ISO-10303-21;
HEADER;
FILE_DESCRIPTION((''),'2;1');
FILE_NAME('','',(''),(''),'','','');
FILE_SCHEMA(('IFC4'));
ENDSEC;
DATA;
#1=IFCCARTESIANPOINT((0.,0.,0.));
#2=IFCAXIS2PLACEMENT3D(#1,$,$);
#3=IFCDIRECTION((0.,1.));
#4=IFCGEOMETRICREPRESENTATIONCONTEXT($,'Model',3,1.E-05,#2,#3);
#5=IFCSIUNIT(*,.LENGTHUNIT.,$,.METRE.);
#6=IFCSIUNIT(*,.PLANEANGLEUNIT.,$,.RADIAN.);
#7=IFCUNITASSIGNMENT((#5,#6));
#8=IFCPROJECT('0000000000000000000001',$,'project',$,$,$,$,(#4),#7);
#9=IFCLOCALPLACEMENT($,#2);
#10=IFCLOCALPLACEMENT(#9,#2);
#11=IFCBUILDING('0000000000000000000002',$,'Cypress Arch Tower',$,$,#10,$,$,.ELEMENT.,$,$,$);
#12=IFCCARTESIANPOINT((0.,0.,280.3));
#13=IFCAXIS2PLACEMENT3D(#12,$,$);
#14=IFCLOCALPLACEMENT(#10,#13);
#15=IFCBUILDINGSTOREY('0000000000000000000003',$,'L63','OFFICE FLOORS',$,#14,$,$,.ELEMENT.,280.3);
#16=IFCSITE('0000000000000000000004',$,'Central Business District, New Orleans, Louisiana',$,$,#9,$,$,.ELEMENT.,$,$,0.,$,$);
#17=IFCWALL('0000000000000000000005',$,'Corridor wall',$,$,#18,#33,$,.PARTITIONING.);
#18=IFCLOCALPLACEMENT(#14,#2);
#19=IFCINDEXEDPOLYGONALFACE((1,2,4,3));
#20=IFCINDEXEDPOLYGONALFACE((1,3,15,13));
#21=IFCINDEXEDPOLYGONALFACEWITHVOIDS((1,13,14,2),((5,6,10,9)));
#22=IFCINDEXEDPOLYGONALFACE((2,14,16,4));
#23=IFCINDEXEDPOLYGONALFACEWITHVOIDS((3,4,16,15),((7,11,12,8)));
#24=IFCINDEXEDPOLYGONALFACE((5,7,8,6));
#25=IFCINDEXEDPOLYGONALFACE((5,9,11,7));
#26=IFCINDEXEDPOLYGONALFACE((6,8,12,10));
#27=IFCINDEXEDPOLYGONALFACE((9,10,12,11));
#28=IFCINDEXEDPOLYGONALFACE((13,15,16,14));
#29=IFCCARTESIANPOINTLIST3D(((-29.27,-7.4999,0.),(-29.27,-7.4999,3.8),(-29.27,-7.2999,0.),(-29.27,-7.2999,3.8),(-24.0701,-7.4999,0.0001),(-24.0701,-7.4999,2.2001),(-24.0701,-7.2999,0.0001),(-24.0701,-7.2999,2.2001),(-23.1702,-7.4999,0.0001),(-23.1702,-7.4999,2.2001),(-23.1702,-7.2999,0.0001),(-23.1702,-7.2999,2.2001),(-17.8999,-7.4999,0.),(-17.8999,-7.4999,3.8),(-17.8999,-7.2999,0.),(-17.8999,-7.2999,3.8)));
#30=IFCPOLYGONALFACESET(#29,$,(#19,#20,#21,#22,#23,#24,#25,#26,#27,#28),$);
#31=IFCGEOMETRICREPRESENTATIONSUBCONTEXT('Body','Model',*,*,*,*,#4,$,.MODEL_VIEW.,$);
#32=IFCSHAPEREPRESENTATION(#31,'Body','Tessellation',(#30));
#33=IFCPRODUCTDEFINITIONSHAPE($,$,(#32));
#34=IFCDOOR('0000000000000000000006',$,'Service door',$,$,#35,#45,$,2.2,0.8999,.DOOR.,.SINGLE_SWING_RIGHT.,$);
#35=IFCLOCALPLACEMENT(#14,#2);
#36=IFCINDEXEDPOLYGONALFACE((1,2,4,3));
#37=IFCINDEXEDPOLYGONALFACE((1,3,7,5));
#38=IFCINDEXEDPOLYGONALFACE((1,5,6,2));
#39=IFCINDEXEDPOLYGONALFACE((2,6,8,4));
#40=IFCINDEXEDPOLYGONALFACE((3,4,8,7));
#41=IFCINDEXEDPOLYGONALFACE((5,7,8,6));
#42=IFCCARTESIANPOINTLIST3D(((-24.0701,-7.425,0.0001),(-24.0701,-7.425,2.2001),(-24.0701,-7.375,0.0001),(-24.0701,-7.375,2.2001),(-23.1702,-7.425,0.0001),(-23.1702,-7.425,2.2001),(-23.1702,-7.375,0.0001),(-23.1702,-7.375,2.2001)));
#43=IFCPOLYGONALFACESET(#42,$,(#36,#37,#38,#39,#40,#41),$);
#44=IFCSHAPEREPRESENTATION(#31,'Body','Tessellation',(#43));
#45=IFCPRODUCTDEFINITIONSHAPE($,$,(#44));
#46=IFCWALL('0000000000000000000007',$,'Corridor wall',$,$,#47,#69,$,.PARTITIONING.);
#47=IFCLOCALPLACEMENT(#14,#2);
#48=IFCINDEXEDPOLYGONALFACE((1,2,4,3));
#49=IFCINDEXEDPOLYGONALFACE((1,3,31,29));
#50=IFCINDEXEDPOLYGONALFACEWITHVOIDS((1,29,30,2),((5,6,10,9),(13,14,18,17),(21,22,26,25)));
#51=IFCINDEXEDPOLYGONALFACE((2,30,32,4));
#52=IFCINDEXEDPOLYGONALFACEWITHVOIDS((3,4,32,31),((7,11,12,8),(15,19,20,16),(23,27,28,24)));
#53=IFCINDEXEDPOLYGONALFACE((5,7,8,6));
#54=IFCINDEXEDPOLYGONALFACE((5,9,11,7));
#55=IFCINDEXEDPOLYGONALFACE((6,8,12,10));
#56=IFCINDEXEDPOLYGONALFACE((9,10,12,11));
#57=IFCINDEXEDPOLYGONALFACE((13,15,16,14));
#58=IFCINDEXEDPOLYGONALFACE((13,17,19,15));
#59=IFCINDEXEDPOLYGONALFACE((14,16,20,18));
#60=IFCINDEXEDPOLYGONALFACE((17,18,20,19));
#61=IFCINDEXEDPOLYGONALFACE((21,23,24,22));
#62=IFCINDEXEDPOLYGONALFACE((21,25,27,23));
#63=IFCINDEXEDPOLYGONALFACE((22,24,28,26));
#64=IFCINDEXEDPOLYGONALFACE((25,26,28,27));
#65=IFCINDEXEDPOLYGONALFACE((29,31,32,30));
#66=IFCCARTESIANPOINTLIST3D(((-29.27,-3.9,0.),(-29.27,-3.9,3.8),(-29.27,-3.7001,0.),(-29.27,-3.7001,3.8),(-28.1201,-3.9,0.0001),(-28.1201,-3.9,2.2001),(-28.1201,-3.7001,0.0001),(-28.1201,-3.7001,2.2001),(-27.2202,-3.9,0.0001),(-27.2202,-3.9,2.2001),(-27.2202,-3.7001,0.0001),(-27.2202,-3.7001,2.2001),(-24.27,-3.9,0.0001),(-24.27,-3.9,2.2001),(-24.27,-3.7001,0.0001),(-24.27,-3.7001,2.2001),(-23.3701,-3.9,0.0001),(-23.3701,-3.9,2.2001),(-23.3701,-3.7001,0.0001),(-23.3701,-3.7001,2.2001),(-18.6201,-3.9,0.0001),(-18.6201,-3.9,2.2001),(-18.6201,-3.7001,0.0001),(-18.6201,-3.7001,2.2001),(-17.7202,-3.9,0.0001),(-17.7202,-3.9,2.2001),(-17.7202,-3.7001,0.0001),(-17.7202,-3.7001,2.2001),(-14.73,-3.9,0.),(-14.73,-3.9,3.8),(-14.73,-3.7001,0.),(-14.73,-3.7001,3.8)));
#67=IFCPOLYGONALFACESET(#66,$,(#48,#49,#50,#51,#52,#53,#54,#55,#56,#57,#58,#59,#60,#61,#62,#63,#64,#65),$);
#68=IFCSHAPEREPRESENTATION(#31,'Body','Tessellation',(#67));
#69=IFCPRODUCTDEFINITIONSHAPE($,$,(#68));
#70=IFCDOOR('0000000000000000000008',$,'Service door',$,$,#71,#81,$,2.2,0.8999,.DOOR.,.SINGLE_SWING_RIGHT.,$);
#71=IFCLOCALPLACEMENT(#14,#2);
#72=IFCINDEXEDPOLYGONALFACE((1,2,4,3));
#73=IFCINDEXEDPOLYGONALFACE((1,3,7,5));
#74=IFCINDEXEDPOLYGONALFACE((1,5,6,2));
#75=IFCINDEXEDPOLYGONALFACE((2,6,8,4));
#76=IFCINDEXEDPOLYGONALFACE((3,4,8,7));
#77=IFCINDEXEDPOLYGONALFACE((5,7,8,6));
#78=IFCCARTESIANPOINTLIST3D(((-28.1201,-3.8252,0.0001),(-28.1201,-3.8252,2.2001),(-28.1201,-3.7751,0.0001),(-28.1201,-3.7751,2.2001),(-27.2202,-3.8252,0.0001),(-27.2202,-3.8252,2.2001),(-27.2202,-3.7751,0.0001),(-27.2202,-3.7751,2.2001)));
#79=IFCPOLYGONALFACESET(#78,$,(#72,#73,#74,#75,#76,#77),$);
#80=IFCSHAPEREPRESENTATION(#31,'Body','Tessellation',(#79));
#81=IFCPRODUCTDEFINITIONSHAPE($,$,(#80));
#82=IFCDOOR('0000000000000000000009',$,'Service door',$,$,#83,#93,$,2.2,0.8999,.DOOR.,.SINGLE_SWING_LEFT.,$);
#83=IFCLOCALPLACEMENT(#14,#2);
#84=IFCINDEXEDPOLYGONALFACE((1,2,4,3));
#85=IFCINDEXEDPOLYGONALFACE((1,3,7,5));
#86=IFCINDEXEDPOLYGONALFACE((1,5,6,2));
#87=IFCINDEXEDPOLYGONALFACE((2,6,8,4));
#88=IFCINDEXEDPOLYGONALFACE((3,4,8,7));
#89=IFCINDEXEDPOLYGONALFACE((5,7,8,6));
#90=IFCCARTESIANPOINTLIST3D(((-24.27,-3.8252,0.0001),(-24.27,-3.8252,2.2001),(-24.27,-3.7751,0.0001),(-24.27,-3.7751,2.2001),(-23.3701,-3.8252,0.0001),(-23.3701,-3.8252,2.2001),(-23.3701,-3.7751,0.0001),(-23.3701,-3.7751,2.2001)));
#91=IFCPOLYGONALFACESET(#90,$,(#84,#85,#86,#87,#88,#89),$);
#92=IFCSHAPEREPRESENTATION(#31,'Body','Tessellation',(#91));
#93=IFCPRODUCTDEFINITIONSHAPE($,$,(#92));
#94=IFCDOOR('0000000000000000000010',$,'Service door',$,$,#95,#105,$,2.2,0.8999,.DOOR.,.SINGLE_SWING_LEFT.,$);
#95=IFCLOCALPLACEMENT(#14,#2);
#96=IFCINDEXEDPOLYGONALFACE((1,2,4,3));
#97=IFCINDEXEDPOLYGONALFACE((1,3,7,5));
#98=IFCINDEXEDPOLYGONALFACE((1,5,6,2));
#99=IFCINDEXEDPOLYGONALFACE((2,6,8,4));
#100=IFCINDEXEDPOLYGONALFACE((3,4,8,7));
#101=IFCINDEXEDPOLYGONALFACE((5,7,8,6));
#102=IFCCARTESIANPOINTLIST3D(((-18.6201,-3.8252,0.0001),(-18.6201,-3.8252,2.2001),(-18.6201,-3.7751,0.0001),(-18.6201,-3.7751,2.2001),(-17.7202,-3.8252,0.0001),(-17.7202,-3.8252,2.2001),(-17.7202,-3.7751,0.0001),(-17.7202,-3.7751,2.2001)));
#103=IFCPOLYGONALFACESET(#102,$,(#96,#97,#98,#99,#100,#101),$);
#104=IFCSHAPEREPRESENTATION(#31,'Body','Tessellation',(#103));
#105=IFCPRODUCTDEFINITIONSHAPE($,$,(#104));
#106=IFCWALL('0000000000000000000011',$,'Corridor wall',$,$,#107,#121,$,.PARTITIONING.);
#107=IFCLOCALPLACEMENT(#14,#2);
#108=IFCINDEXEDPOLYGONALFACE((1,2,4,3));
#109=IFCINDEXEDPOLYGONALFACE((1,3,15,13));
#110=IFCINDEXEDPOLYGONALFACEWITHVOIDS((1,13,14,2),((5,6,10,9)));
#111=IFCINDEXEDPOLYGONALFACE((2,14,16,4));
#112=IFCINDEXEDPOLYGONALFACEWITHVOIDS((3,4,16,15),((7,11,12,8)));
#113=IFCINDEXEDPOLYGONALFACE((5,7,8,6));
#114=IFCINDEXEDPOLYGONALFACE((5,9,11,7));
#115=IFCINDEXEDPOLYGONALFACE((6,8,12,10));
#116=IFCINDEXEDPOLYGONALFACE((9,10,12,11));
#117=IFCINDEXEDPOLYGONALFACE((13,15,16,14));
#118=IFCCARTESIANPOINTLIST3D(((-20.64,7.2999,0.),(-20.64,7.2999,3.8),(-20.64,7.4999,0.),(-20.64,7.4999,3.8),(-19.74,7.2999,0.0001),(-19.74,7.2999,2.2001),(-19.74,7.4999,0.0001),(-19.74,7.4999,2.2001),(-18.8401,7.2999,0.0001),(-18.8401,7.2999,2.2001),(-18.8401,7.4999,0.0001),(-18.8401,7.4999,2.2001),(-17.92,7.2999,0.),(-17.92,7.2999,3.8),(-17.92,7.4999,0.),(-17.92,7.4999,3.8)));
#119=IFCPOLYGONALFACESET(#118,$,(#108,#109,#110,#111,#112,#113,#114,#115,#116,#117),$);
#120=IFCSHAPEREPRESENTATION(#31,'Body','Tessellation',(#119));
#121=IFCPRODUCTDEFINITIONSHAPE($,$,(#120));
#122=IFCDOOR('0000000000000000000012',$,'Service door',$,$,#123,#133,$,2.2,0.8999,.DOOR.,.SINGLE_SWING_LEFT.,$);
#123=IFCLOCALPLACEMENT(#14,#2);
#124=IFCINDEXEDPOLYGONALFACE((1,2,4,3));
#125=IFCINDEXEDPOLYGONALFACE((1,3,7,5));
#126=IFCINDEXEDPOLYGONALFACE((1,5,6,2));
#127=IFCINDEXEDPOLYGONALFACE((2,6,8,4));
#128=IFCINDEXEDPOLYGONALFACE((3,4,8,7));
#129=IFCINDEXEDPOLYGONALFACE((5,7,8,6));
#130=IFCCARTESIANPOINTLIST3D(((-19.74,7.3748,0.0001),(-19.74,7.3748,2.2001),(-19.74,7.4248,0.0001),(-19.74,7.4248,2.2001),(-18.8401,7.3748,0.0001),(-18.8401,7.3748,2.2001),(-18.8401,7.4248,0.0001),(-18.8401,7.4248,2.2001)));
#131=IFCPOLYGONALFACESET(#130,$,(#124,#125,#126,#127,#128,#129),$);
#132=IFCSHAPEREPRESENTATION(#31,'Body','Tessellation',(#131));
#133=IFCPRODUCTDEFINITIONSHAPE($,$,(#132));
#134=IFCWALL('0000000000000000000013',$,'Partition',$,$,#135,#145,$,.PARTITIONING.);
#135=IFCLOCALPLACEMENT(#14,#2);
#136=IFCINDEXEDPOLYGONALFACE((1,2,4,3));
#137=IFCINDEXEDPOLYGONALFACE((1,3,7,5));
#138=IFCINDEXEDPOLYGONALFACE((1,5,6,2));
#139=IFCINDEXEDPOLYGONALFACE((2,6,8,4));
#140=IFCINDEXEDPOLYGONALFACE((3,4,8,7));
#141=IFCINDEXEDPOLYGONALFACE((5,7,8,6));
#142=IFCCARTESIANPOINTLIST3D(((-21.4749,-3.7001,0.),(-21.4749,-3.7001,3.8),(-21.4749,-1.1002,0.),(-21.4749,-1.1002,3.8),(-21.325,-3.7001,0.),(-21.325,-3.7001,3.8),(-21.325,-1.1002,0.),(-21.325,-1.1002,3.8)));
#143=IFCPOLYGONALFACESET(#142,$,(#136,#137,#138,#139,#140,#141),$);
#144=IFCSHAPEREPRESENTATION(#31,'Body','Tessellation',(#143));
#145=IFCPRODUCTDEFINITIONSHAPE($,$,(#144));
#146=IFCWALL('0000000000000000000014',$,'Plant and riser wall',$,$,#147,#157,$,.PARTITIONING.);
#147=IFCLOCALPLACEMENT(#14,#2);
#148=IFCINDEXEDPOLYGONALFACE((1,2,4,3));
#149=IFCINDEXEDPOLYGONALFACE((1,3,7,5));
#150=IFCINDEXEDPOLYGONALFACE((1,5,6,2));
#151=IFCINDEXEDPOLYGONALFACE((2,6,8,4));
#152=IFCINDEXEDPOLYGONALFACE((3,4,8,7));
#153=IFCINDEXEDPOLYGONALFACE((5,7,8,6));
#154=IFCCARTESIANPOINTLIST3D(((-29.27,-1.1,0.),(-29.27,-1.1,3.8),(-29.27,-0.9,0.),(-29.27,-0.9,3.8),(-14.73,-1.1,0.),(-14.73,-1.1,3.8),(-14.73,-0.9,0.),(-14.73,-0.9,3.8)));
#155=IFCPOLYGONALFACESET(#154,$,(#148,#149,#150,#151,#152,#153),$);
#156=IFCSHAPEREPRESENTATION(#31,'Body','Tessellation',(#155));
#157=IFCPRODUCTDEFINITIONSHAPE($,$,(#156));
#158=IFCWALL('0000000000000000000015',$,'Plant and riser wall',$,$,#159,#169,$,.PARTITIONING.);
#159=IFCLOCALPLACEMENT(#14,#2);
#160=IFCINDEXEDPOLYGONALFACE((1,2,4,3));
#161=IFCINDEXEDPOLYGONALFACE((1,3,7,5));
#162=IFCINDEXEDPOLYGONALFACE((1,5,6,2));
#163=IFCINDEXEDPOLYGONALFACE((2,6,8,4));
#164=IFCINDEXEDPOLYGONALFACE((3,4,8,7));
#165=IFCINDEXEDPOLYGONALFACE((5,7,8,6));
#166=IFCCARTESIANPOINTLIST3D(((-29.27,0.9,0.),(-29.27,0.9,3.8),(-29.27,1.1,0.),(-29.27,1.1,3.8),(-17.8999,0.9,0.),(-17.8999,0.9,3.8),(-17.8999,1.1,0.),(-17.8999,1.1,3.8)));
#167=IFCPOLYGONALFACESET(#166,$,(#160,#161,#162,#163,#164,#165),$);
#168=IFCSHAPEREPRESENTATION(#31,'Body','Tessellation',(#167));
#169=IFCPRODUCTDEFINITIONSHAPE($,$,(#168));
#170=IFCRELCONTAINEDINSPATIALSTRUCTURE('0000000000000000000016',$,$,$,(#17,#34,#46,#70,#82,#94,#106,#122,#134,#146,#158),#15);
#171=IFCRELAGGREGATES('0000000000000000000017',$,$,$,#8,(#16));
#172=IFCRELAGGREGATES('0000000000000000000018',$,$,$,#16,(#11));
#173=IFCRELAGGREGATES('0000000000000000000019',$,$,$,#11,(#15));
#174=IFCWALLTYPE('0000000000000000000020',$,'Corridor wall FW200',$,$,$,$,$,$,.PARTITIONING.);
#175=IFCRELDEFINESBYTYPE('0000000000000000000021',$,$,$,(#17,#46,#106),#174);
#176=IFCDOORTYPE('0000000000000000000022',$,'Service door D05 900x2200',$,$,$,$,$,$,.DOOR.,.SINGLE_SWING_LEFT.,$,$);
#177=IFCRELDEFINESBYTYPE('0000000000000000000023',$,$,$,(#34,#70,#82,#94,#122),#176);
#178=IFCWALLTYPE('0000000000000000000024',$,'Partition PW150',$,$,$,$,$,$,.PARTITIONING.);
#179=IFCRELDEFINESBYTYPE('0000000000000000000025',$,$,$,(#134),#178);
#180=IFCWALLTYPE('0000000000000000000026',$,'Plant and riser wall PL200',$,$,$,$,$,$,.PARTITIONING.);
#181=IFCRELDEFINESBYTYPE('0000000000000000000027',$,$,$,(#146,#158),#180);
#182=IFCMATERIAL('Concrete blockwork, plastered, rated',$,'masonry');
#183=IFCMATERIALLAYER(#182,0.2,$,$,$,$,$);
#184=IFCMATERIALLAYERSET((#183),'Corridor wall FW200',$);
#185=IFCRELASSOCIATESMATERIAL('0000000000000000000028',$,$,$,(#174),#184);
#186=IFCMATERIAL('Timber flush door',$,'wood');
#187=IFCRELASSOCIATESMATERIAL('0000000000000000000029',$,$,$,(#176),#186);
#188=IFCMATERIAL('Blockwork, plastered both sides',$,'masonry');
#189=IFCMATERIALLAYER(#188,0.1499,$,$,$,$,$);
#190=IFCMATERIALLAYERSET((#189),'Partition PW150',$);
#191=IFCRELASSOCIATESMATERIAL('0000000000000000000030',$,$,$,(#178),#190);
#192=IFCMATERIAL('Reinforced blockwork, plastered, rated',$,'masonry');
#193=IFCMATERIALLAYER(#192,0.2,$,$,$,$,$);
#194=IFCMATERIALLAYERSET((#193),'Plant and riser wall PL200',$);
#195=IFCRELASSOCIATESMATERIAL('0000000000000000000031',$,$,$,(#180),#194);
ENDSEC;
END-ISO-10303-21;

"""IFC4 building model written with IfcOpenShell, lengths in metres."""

from ifc_helpers import new_model, si_unit, direction, frame, frame_2d, origin, place, context, subcontext, project, spatial, rectangle, extrude, material, layer, layer_set, type_object, element, fill, save


model = new_model("IFC4")

# Units and contexts
model_context = context("Model", 3, precision=1e-05, world=origin(), true_north=direction((0.0, 1.0)))
body_context = subcontext(model_context, "Body", "Model", "MODEL_VIEW")
ifc_project = project(units=[si_unit("LENGTHUNIT", "METRE"), si_unit("PLANEANGLEUNIT", "RADIAN")], contexts=[model_context])

# Site, building, storey
site_placement = place(None, origin())
site = spatial("IfcSite", under=ifc_project, at=site_placement, Name="Central Business District, New Orleans, Louisiana", CompositionType="ELEMENT", RefElevation=0.0)
building_placement = place(site_placement, origin())
building = spatial("IfcBuilding", under=site, at=building_placement, Name="Cypress Arch Tower", CompositionType="ELEMENT")
storey_placement = place(building_placement, frame((0.0, 0.0, 280.3)))
storey = spatial("IfcBuildingStorey", under=building, at=storey_placement, Name="L63", Description="OFFICE FLOORS", CompositionType="ELEMENT", Elevation=280.3)

# Wall, opening, door
ifc_material_1 = material(Name="Concrete blockwork, plastered, rated", Category="masonry")
ifc_layer_1 = layer(ifc_material_1, 0.2)
ifc_layer_set_1 = layer_set([ifc_layer_1], Name="Corridor wall FW200")
wall_type_1 = type_object("IfcWallType", Name="Corridor wall FW200", PredefinedType="PARTITIONING", material=ifc_layer_set_1)
wall_1_placement = place(storey_placement, frame((-29.27, -7.3999, 0.0), z_axis=(0.0, 0.0, 1.0), x_axis=(1.0, 0.0, 0.0)))
wall_1 = element("IfcWall", 1, at=wall_1_placement, inside=storey, type_object=wall_type_1, Name="Corridor wall", PredefinedType="PARTITIONING", context=body_context, shape_type="SweptSolid", body=[
    extrude(rectangle(XDim=11.3701, YDim=0.2, at=frame_2d((5.6851, 0.0))), origin(), (0.0, 0.0, 1.0), 3.8),
])
opening_1_placement = place(wall_1_placement, frame((5.2, 0.0, 0.0)))
opening_1 = element("IfcOpeningElement", 2, at=opening_1_placement, cuts=wall_1, PredefinedType="OPENING", context=body_context, shape_type="SweptSolid", body=[
    extrude(rectangle(XDim=0.8999, YDim=2.2, at=frame_2d((0.45, 1.1001))), frame((0.0, 0.1099, 0.0), z_axis=(0.0, -1.0, 0.0), x_axis=(1.0, 0.0, 0.0)), (0.0, 0.0, 1.0), 0.22),
])
ifc_material_2 = material(Name="Timber flush door", Category="wood")
door_type_1 = type_object("IfcDoorType", Name="Service door D05 900x2200", OperationType="SINGLE_SWING_LEFT", PredefinedType="DOOR", material=ifc_material_2)
door_1_placement = place(opening_1_placement, origin())
door_1 = element("IfcDoor", 3, at=door_1_placement, inside=storey, type_object=door_type_1, Name="Service door", OperationType="SINGLE_SWING_RIGHT", OverallHeight=2.2, OverallWidth=0.8999, PredefinedType="DOOR", context=body_context, shape_type="SweptSolid", body=[
    extrude(rectangle(XDim=0.8999, YDim=2.2, at=frame_2d((0.45, 1.1001))), frame((0.0, 0.0249, 0.0), z_axis=(0.0, -1.0, 0.0), x_axis=(1.0, 0.0, 0.0)), (0.0, 0.0, 1.0), 0.05),
])
fill(opening_1, door_1)

# Wall, openings, doors
wall_2_placement = place(storey_placement, frame((-29.27, -3.8, 0.0), z_axis=(0.0, 0.0, 1.0), x_axis=(1.0, 0.0, 0.0)))
wall_2 = element("IfcWall", 4, at=wall_2_placement, inside=storey, type_object=wall_type_1, Name="Corridor wall", PredefinedType="PARTITIONING", context=body_context, shape_type="SweptSolid", body=[
    extrude(rectangle(XDim=14.54, YDim=0.2, at=frame_2d((7.27, 0.0))), origin(), (0.0, 0.0, 1.0), 3.8),
])
opening_2_placement = place(wall_2_placement, frame((1.1499, 0.0, 0.0)))
opening_2 = element("IfcOpeningElement", 5, at=opening_2_placement, cuts=wall_2, PredefinedType="OPENING", context=body_context, shape_type="SweptSolid", body=[
    extrude(rectangle(XDim=0.8999, YDim=2.2, at=frame_2d((0.45, 1.1001))), frame((0.0, 0.1099, 0.0), z_axis=(0.0, -1.0, 0.0), x_axis=(1.0, 0.0, 0.0)), (0.0, 0.0, 1.0), 0.22),
])
opening_3_placement = place(wall_2_placement, frame((5.0, 0.0, 0.0)))
opening_3 = element("IfcOpeningElement", 6, at=opening_3_placement, cuts=wall_2, PredefinedType="OPENING", context=body_context, shape_type="SweptSolid", body=[
    extrude(rectangle(XDim=0.8999, YDim=2.2, at=frame_2d((0.45, 1.1001))), frame((0.0, 0.1099, 0.0), z_axis=(0.0, -1.0, 0.0), x_axis=(1.0, 0.0, 0.0)), (0.0, 0.0, 1.0), 0.22),
])
opening_4_placement = place(wall_2_placement, frame((10.6499, 0.0, 0.0)))
opening_4 = element("IfcOpeningElement", 7, at=opening_4_placement, cuts=wall_2, PredefinedType="OPENING", context=body_context, shape_type="SweptSolid", body=[
    extrude(rectangle(XDim=0.8999, YDim=2.2, at=frame_2d((0.45, 1.1001))), frame((0.0, 0.1099, 0.0), z_axis=(0.0, -1.0, 0.0), x_axis=(1.0, 0.0, 0.0)), (0.0, 0.0, 1.0), 0.22),
])
door_2_placement = place(opening_2_placement, origin())
door_2 = element("IfcDoor", 8, at=door_2_placement, inside=storey, type_object=door_type_1, Name="Service door", OperationType="SINGLE_SWING_RIGHT", OverallHeight=2.2, OverallWidth=0.8999, PredefinedType="DOOR", context=body_context, shape_type="SweptSolid", body=[
    extrude(rectangle(XDim=0.8999, YDim=2.2, at=frame_2d((0.45, 1.1001))), frame((0.0, 0.0249, 0.0), z_axis=(0.0, -1.0, 0.0), x_axis=(1.0, 0.0, 0.0)), (0.0, 0.0, 1.0), 0.05),
])
fill(opening_2, door_2)
door_3_placement = place(opening_3_placement, origin())
door_3 = element("IfcDoor", 9, at=door_3_placement, inside=storey, type_object=door_type_1, Name="Service door", OperationType="SINGLE_SWING_LEFT", OverallHeight=2.2, OverallWidth=0.8999, PredefinedType="DOOR", context=body_context, shape_type="SweptSolid", body=[
    extrude(rectangle(XDim=0.8999, YDim=2.2, at=frame_2d((0.45, 1.1001))), frame((0.0, 0.0249, 0.0), z_axis=(0.0, -1.0, 0.0), x_axis=(1.0, 0.0, 0.0)), (0.0, 0.0, 1.0), 0.05),
])
fill(opening_3, door_3)
door_4_placement = place(opening_4_placement, origin())
door_4 = element("IfcDoor", 10, at=door_4_placement, inside=storey, type_object=door_type_1, Name="Service door", OperationType="SINGLE_SWING_LEFT", OverallHeight=2.2, OverallWidth=0.8999, PredefinedType="DOOR", context=body_context, shape_type="SweptSolid", body=[
    extrude(rectangle(XDim=0.8999, YDim=2.2, at=frame_2d((0.45, 1.1001))), frame((0.0, 0.0249, 0.0), z_axis=(0.0, -1.0, 0.0), x_axis=(1.0, 0.0, 0.0)), (0.0, 0.0, 1.0), 0.05),
])
fill(opening_4, door_4)

# Wall, opening, door
wall_3_placement = place(storey_placement, frame((-20.6399, 7.3999, 0.0), z_axis=(0.0, 0.0, 1.0), x_axis=(1.0, 0.0, 0.0)))
wall_3 = element("IfcWall", 11, at=wall_3_placement, inside=storey, type_object=wall_type_1, Name="Corridor wall", PredefinedType="PARTITIONING", context=body_context, shape_type="SweptSolid", body=[
    extrude(rectangle(XDim=2.72, YDim=0.2, at=frame_2d((1.3599, 0.0))), origin(), (0.0, 0.0, 1.0), 3.8),
])
opening_5_placement = place(wall_3_placement, frame((0.8999, 0.0, 0.0)))
opening_5 = element("IfcOpeningElement", 12, at=opening_5_placement, cuts=wall_3, PredefinedType="OPENING", context=body_context, shape_type="SweptSolid", body=[
    extrude(rectangle(XDim=0.8999, YDim=2.2, at=frame_2d((0.45, 1.1001))), frame((0.0, 0.1099, 0.0), z_axis=(0.0, -1.0, 0.0), x_axis=(1.0, 0.0, 0.0)), (0.0, 0.0, 1.0), 0.22),
])
door_5_placement = place(opening_5_placement, origin())
door_5 = element("IfcDoor", 13, at=door_5_placement, inside=storey, type_object=door_type_1, Name="Service door", OperationType="SINGLE_SWING_LEFT", OverallHeight=2.2, OverallWidth=0.8999, PredefinedType="DOOR", context=body_context, shape_type="SweptSolid", body=[
    extrude(rectangle(XDim=0.8999, YDim=2.2, at=frame_2d((0.45, 1.1001))), frame((0.0, 0.0249, 0.0), z_axis=(0.0, -1.0, 0.0), x_axis=(1.0, 0.0, 0.0)), (0.0, 0.0, 1.0), 0.05),
])
fill(opening_5, door_5)

# Walls
ifc_material_3 = material(Name="Blockwork, plastered both sides", Category="masonry")
ifc_layer_2 = layer(ifc_material_3, 0.1499)
ifc_layer_set_2 = layer_set([ifc_layer_2], Name="Partition PW150")
wall_type_2 = type_object("IfcWallType", Name="Partition PW150", PredefinedType="PARTITIONING", material=ifc_layer_set_2)
wall_4_placement = place(storey_placement, frame((-21.3999, -3.7, 0.0), z_axis=(0.0, 0.0, 1.0), x_axis=(0.0, 1.0, 0.0)))
element("IfcWall", 14, at=wall_4_placement, inside=storey, type_object=wall_type_2, Name="Partition", PredefinedType="PARTITIONING", context=body_context, shape_type="SweptSolid", body=[
    extrude(rectangle(XDim=2.5999, YDim=0.1499, at=frame_2d((1.2998, 0.0))), origin(), (0.0, 0.0, 1.0), 3.8),
])
ifc_material_4 = material(Name="Reinforced blockwork, plastered, rated", Category="masonry")
ifc_layer_3 = layer(ifc_material_4, 0.2)
ifc_layer_set_3 = layer_set([ifc_layer_3], Name="Plant and riser wall PL200")
wall_type_3 = type_object("IfcWallType", Name="Plant and riser wall PL200", PredefinedType="PARTITIONING", material=ifc_layer_set_3)
wall_5_placement = place(storey_placement, frame((-29.27, -1.0, 0.0), z_axis=(0.0, 0.0, 1.0), x_axis=(1.0, 0.0, 0.0)))
element("IfcWall", 15, at=wall_5_placement, inside=storey, type_object=wall_type_3, Name="Plant and riser wall", PredefinedType="PARTITIONING", context=body_context, shape_type="SweptSolid", body=[
    extrude(rectangle(XDim=14.54, YDim=0.2, at=frame_2d((7.27, 0.0))), origin(), (0.0, 0.0, 1.0), 3.8),
])
wall_6_placement = place(storey_placement, frame((-29.27, 1.0, 0.0), z_axis=(0.0, 0.0, 1.0), x_axis=(1.0, 0.0, 0.0)))
element("IfcWall", 16, at=wall_6_placement, inside=storey, type_object=wall_type_3, Name="Plant and riser wall", PredefinedType="PARTITIONING", context=body_context, shape_type="SweptSolid", body=[
    extrude(rectangle(XDim=11.3701, YDim=0.2, at=frame_2d((5.6851, 0.0))), origin(), (0.0, 0.0, 1.0), 3.8),
])

save(model, "model.ifc")
